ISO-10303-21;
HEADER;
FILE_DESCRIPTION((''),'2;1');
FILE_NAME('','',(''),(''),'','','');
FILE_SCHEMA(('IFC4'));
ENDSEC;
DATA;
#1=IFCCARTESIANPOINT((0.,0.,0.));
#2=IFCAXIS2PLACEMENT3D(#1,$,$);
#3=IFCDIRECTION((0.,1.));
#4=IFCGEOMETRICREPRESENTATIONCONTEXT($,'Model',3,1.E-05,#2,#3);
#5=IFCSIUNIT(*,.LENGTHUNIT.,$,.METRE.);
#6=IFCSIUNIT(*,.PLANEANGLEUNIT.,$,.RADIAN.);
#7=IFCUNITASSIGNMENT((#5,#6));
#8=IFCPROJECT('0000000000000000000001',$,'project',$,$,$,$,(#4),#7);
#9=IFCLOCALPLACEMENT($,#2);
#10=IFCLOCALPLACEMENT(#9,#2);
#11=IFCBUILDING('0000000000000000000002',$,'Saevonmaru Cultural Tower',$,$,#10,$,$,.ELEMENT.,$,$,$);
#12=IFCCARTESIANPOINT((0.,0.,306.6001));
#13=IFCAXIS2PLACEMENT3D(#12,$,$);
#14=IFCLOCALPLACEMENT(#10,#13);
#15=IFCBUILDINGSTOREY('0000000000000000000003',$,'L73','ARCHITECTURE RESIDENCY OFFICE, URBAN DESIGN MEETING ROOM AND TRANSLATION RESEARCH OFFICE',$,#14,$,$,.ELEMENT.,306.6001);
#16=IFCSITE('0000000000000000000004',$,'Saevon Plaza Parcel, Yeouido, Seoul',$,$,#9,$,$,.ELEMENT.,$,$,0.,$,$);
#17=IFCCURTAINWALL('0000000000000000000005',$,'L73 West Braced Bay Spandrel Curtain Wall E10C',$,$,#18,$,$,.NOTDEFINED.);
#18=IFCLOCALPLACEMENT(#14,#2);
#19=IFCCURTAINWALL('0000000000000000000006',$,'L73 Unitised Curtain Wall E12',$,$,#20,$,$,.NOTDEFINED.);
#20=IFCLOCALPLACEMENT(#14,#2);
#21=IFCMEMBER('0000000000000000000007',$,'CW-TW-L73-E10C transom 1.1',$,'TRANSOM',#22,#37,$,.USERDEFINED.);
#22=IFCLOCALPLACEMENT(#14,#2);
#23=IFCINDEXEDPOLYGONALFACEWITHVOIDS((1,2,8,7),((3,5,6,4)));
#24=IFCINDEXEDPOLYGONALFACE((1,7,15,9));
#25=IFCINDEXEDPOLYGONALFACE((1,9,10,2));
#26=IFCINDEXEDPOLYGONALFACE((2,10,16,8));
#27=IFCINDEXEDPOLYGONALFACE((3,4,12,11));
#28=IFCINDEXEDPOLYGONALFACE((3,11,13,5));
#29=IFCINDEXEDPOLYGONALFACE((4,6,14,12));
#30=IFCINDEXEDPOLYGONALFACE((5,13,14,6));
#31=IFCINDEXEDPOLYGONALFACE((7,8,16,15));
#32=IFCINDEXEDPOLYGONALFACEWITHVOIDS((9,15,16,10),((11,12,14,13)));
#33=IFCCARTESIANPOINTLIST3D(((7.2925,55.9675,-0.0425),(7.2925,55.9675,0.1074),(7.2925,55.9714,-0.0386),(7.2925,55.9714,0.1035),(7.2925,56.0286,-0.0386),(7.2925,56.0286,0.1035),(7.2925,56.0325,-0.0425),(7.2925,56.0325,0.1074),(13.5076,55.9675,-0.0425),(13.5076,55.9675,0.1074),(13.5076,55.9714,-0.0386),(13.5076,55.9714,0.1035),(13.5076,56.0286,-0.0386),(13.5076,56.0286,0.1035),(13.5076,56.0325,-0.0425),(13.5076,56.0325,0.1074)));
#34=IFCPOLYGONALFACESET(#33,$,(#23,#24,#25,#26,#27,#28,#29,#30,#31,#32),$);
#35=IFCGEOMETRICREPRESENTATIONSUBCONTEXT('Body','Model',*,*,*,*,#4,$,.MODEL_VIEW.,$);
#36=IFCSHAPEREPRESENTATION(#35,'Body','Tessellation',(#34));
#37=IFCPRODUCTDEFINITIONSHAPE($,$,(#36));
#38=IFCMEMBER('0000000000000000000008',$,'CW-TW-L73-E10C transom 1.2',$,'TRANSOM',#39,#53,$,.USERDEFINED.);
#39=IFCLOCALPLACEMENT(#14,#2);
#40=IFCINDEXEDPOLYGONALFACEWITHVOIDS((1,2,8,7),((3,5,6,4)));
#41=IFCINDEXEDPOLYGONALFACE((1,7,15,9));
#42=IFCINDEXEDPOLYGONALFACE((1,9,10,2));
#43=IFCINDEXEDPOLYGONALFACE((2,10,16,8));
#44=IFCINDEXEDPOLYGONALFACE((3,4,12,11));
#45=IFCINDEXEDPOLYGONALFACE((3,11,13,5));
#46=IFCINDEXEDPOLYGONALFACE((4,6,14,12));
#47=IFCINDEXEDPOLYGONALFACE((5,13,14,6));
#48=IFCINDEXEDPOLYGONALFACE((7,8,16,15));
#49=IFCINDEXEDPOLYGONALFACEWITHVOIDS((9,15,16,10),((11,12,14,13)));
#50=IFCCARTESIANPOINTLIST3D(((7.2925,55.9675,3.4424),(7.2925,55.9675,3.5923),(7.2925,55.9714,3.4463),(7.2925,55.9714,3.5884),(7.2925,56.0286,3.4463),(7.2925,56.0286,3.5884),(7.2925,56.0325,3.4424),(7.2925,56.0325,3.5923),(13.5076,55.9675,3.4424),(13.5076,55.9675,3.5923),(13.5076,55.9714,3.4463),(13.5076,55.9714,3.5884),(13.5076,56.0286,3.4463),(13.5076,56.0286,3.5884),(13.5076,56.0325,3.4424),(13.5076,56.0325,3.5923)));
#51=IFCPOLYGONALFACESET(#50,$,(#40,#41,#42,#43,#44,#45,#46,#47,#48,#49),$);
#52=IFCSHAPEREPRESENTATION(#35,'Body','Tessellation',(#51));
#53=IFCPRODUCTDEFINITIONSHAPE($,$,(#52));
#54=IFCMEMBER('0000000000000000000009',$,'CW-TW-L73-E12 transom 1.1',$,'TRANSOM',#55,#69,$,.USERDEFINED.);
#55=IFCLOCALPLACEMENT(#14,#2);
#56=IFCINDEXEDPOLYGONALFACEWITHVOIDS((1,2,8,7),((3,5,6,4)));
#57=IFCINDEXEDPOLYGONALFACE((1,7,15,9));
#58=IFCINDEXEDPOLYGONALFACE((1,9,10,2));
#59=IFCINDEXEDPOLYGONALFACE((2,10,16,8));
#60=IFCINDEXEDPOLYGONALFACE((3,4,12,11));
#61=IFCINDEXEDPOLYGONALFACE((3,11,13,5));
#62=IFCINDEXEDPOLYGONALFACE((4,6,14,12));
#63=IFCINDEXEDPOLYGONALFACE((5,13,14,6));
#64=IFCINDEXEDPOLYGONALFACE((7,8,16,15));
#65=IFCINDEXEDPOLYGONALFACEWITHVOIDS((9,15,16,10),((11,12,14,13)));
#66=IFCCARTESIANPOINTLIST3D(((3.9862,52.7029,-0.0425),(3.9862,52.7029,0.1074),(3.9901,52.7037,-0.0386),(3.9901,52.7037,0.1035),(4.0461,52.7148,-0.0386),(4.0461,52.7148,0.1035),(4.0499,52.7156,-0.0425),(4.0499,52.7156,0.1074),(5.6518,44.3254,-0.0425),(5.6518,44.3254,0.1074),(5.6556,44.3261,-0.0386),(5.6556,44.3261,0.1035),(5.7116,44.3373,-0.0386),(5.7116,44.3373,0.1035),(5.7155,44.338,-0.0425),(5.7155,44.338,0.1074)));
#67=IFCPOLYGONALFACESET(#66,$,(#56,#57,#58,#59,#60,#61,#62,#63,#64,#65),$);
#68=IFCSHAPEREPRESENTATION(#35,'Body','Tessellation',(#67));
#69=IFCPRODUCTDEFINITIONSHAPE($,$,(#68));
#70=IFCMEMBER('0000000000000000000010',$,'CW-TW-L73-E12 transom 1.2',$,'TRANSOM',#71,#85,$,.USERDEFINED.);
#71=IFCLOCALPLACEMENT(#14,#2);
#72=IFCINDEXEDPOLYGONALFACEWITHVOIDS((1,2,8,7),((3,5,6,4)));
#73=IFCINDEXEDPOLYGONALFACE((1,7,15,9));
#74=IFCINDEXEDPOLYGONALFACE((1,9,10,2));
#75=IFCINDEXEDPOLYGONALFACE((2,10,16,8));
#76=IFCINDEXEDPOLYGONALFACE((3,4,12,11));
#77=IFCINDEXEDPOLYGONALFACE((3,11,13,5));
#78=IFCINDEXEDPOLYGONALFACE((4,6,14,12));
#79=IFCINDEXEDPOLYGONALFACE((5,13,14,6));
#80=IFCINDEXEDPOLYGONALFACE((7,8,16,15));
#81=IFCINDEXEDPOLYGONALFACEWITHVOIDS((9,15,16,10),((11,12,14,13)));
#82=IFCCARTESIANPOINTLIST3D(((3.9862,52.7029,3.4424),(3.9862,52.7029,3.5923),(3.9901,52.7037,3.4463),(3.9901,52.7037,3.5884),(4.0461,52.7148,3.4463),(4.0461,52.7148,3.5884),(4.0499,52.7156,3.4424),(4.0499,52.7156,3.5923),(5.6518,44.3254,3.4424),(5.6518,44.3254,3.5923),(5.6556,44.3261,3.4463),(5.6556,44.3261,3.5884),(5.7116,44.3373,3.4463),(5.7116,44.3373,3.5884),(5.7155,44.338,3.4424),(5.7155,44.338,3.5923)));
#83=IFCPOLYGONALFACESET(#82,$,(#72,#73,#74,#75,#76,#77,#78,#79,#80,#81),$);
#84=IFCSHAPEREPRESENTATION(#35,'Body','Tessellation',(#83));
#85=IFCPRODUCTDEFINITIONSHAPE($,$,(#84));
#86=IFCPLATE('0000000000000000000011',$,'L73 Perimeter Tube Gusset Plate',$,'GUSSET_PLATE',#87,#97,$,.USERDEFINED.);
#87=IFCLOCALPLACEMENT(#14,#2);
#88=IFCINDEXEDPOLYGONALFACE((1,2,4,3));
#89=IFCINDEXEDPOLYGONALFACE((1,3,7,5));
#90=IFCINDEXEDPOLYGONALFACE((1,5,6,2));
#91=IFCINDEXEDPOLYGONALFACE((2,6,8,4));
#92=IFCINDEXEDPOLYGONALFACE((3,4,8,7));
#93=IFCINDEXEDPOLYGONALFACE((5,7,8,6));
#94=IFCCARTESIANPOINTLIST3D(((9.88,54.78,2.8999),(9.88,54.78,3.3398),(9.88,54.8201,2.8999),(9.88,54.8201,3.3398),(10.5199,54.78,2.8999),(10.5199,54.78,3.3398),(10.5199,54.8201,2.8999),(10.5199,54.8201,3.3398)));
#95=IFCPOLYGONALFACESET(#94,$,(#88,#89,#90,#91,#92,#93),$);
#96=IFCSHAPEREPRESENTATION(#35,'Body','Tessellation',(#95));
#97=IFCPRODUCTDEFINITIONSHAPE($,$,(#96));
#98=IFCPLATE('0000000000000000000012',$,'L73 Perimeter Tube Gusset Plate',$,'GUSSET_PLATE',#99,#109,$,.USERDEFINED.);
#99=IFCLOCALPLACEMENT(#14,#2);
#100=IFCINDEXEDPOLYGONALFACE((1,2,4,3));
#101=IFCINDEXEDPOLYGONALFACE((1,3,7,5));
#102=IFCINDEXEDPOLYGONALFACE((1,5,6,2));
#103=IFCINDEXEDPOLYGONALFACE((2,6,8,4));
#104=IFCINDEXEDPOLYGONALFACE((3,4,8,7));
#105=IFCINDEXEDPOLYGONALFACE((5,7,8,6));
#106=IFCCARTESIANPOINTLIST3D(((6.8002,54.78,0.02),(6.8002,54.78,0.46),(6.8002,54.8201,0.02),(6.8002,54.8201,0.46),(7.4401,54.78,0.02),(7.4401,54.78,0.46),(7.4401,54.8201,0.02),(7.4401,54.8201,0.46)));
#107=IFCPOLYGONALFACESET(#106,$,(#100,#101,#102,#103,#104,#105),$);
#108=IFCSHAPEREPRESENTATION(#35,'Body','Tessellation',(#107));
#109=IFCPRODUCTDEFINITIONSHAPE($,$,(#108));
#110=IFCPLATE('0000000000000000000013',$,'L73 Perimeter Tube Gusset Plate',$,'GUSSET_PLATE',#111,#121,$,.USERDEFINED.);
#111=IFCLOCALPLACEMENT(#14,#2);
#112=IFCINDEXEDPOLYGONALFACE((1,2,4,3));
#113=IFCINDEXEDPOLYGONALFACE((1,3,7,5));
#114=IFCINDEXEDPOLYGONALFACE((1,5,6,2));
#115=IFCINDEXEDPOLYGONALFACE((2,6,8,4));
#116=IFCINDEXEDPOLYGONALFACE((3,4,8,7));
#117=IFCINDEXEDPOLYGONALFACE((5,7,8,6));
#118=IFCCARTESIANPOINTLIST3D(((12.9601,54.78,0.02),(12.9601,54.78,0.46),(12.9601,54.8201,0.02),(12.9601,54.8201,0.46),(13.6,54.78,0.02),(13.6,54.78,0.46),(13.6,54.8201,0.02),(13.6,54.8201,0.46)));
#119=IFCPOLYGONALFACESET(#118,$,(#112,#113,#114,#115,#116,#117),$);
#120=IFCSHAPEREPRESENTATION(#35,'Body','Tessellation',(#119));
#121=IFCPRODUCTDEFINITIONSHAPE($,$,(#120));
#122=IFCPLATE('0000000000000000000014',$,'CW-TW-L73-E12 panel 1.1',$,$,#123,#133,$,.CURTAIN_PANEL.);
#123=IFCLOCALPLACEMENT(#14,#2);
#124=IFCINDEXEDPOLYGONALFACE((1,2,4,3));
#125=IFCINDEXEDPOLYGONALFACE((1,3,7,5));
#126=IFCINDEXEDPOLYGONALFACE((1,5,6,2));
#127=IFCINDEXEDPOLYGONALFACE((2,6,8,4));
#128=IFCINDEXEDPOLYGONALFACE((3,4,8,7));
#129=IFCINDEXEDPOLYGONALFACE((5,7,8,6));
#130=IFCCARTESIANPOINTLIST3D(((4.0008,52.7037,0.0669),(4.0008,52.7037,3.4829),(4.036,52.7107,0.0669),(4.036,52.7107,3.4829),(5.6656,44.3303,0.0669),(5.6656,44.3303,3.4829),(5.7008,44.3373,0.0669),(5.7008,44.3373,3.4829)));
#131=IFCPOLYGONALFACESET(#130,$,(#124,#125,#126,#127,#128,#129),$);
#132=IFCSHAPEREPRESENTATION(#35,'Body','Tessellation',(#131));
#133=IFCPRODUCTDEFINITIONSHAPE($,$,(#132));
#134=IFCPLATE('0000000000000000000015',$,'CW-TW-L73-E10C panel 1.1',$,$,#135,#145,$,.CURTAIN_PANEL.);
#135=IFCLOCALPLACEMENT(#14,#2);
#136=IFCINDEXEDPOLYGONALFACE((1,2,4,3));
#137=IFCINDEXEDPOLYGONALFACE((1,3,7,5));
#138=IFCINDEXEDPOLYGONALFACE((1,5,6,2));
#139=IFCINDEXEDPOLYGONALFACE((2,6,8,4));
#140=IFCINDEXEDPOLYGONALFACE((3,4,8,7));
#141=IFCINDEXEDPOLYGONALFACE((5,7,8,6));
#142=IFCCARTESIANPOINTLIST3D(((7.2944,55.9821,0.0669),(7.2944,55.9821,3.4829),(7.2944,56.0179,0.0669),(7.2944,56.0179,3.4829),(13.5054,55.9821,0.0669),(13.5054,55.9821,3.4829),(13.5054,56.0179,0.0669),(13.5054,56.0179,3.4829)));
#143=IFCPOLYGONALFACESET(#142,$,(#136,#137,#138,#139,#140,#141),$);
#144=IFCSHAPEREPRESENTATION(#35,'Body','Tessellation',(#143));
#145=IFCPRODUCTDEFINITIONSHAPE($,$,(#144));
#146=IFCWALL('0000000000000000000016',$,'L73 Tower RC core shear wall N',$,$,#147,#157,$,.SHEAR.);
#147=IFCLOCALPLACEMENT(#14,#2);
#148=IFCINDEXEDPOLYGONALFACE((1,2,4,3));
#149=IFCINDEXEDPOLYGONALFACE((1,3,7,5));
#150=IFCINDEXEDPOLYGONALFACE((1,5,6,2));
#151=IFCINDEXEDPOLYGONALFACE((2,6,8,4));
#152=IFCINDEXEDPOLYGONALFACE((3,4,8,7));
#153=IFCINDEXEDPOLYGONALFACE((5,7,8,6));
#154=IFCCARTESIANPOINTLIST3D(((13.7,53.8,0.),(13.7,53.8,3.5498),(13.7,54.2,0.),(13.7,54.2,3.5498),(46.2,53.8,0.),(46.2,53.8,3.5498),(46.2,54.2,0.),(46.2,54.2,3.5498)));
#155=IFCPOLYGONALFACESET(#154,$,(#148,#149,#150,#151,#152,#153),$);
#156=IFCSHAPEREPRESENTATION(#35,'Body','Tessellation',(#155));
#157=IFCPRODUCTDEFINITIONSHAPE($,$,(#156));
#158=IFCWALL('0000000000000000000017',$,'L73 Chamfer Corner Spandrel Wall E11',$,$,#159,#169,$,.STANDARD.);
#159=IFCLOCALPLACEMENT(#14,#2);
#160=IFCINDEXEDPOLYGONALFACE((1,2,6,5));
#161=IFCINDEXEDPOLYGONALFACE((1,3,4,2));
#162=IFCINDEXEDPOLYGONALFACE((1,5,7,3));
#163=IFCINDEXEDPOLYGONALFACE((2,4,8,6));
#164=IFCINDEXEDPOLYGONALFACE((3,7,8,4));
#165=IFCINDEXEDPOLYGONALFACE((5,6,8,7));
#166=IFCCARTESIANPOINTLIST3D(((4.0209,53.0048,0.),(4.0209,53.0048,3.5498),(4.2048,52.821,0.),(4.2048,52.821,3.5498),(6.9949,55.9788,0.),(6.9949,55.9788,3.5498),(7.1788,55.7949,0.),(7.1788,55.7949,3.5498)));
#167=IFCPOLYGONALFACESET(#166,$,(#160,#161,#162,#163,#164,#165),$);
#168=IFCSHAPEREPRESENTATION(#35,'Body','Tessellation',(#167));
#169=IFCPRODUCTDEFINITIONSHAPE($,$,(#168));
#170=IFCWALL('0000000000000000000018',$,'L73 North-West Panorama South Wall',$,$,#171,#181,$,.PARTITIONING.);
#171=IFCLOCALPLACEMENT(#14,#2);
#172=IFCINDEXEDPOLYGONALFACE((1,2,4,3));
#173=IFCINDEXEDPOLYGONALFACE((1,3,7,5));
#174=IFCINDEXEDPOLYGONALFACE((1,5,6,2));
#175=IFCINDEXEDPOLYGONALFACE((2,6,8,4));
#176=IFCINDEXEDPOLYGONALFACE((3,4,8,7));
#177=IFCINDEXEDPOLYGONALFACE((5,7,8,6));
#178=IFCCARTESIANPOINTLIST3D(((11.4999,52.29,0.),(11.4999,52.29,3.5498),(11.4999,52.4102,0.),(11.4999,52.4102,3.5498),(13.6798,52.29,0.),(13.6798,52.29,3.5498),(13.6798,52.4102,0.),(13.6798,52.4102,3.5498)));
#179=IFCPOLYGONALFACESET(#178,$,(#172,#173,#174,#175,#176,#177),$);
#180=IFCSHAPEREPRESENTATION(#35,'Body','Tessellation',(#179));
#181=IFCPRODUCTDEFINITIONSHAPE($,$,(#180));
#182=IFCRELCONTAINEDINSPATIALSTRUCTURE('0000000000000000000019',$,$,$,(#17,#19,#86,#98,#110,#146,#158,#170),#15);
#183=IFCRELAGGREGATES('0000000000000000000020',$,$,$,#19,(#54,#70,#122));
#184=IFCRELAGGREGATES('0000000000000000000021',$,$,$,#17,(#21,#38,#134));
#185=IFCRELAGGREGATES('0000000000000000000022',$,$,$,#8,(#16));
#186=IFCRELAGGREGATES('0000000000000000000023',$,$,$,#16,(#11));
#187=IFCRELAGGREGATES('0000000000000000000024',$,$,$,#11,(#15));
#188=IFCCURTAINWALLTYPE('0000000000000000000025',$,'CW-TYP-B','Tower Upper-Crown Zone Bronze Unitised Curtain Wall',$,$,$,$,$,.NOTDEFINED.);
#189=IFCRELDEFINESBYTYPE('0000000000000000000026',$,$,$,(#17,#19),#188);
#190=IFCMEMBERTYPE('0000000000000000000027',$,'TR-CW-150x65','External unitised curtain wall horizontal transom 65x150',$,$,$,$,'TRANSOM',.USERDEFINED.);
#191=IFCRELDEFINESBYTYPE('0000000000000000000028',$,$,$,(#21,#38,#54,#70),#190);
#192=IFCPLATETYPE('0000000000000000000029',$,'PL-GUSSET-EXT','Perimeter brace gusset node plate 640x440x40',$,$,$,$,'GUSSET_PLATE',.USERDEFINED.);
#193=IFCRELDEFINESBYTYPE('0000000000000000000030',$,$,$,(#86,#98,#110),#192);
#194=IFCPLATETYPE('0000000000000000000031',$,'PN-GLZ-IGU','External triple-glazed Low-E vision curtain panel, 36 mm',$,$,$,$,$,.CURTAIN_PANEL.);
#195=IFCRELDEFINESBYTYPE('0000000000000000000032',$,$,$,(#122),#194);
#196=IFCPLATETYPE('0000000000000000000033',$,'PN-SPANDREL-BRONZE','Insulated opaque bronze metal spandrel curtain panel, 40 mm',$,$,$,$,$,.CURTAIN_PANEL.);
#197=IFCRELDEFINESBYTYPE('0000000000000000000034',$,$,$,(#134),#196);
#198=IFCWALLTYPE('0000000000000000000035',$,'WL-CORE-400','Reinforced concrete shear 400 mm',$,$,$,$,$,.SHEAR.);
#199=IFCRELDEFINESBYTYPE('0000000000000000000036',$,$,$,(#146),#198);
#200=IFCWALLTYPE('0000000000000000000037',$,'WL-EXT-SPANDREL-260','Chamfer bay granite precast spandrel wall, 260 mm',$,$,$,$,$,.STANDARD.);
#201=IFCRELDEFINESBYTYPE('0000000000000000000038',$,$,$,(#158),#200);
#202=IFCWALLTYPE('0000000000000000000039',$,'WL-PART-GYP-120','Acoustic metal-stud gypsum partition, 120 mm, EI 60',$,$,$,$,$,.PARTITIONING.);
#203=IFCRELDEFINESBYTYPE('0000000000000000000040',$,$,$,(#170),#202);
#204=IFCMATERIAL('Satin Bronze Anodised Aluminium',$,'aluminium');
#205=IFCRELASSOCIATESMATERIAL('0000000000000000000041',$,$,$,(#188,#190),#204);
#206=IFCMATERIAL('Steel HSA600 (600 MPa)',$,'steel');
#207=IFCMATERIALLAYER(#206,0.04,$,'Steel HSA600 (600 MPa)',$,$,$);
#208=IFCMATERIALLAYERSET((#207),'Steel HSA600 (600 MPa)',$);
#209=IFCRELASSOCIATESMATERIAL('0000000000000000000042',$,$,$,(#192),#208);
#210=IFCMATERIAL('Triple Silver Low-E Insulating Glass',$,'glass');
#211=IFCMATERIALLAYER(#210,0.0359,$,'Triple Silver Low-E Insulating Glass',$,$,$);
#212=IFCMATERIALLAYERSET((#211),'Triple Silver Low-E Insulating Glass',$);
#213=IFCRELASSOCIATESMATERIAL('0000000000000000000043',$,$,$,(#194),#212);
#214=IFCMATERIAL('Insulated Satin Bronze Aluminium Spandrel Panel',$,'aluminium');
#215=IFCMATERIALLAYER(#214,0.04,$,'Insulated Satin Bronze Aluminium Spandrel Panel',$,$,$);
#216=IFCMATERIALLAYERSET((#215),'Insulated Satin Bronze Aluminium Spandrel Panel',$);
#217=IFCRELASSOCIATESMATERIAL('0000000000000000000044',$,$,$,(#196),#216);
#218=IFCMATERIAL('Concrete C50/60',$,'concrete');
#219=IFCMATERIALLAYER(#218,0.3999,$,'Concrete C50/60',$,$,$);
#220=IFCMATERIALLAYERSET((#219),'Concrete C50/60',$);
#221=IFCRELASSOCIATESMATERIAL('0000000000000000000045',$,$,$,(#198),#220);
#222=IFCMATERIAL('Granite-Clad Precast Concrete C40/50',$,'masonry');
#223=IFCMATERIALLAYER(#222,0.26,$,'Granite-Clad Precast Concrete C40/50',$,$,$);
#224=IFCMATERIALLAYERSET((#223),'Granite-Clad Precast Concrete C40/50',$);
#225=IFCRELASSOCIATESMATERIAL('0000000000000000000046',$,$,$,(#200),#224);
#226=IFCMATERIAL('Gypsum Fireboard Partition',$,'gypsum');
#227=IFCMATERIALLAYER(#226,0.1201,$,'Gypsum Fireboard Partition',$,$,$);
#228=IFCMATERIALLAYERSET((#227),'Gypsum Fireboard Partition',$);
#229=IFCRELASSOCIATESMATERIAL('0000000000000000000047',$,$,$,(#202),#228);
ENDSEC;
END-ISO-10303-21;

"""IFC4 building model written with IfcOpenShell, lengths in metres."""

from ifc_helpers import new_model, si_unit, direction, frame, frame_2d, origin, origin_2d, place, context, subcontext, project, spatial, rectangle, hollow_rectangle, extrude, material, layer, layer_set, material_profile, profile_set, type_object, element, aggregate, save


model = new_model("IFC4")

# Units and contexts
model_context = context("Model", 3, precision=1e-05, world=origin(), true_north=direction((0.0, 1.0)))
body_context = subcontext(model_context, "Body", "Model", "MODEL_VIEW")
ifc_project = project(units=[si_unit("LENGTHUNIT", "METRE"), si_unit("PLANEANGLEUNIT", "RADIAN")], contexts=[model_context])

# Site, building, storey
site_placement = place(None, origin())
site = spatial("IfcSite", under=ifc_project, at=site_placement, Name="Saevon Plaza Parcel, Yeouido, Seoul", CompositionType="ELEMENT", RefElevation=0.0)
building_placement = place(site_placement, origin())
building = spatial("IfcBuilding", under=site, at=building_placement, Name="Saevonmaru Cultural Tower", CompositionType="ELEMENT")
storey_placement = place(building_placement, frame((0.0, 0.0, 306.6001)))
storey = spatial("IfcBuildingStorey", under=building, at=storey_placement, Name="L73", Description="ARCHITECTURE RESIDENCY OFFICE, URBAN DESIGN MEETING ROOM AND TRANSLATION RESEARCH OFFICE", CompositionType="ELEMENT", Elevation=306.6001)

# Shared definitions
ifc_material_1 = material(Name="Satin Bronze Anodised Aluminium", Category="aluminium")
curtain_wall_type = type_object("IfcCurtainWallType", Name="CW-TYP-B", Description="Tower Upper-Crown Zone Bronze Unitised Curtain Wall", PredefinedType="NOTDEFINED", material=ifc_material_1)

# Curtain wall
curtain_wall_1_placement = place(storey_placement, origin())
curtain_wall_1 = element("IfcCurtainWall", 1, at=curtain_wall_1_placement, inside=storey, type_object=curtain_wall_type, Name="L73 West Braced Bay Spandrel Curtain Wall E10C", PredefinedType="NOTDEFINED")

# Curtain wall
curtain_wall_2_placement = place(storey_placement, origin())
curtain_wall_2 = element("IfcCurtainWall", 2, at=curtain_wall_2_placement, inside=storey, type_object=curtain_wall_type, Name="L73 Unitised Curtain Wall E12", PredefinedType="NOTDEFINED")

# Members
ifc_material_profile_1 = material_profile(ifc_material_1, hollow_rectangle(XDim=0.0649, YDim=0.1499, WallThickness=0.0039, at=origin_2d()), Name="ALU-TRAN-150x65x4")
ifc_profile_set_1 = profile_set([ifc_material_profile_1], Name="Satin Bronze Anodised Aluminium")
member_type_1 = type_object("IfcMemberType", Name="TR-CW-150x65", Description="External unitised curtain wall horizontal transom 65x150", ElementType="TRANSOM", PredefinedType="USERDEFINED", material=ifc_profile_set_1)
member_1_placement = place(storey_placement, frame((13.5076, 56.0, 0.0325), z_axis=(-1.0, 0.0, 0.0), x_axis=(0.0, -1.0, 0.0)))
member_1 = element("IfcMember", 3, at=member_1_placement, type_object=member_type_1, Name="CW-TW-L73-E10C transom 1.1", ObjectType="TRANSOM", PredefinedType="USERDEFINED", context=body_context, shape_type="SweptSolid", body=[
    extrude(hollow_rectangle(XDim=0.0649, YDim=0.1499, WallThickness=0.0039, at=origin_2d()), origin(), (0.0, 0.0, 1.0), 6.2151),
])
member_2_placement = place(storey_placement, frame((13.5076, 56.0, 3.5173), z_axis=(-1.0, 0.0, 0.0), x_axis=(0.0, -1.0, 0.0)))
member_2 = element("IfcMember", 4, at=member_2_placement, type_object=member_type_1, Name="CW-TW-L73-E10C transom 1.2", ObjectType="TRANSOM", PredefinedType="USERDEFINED", context=body_context, shape_type="SweptSolid", body=[
    extrude(hollow_rectangle(XDim=0.0649, YDim=0.1499, WallThickness=0.0039, at=origin_2d()), origin(), (0.0, 0.0, 1.0), 6.2151),
])
member_3_placement = place(storey_placement, frame((4.0181, 52.7092, 0.0325), z_axis=(0.194995, -0.980804, 0.0), x_axis=(0.980804, 0.194995, 0.0)))
member_3 = element("IfcMember", 5, at=member_3_placement, type_object=member_type_1, Name="CW-TW-L73-E12 transom 1.1", ObjectType="TRANSOM", PredefinedType="USERDEFINED", context=body_context, shape_type="SweptSolid", body=[
    extrude(hollow_rectangle(XDim=0.0649, YDim=0.1499, WallThickness=0.0039, at=origin_2d()), origin(), (0.0, 0.0, 1.0), 8.5415),
])
member_4_placement = place(storey_placement, frame((4.0181, 52.7092, 3.5173), z_axis=(0.194995, -0.980804, 0.0), x_axis=(0.980804, 0.194995, 0.0)))
member_4 = element("IfcMember", 6, at=member_4_placement, type_object=member_type_1, Name="CW-TW-L73-E12 transom 1.2", ObjectType="TRANSOM", PredefinedType="USERDEFINED", context=body_context, shape_type="SweptSolid", body=[
    extrude(hollow_rectangle(XDim=0.0649, YDim=0.1499, WallThickness=0.0039, at=origin_2d()), origin(), (0.0, 0.0, 1.0), 8.5415),
])

# Plates
ifc_material_2 = material(Name="Steel HSA600 (600 MPa)", Category="steel")
ifc_layer_1 = layer(ifc_material_2, 0.04, Name="Steel HSA600 (600 MPa)")
ifc_layer_set_1 = layer_set([ifc_layer_1], Name="Steel HSA600 (600 MPa)")
plate_type_1 = type_object("IfcPlateType", Name="PL-GUSSET-EXT", Description="Perimeter brace gusset node plate 640x440x40", ElementType="GUSSET_PLATE", PredefinedType="USERDEFINED", material=ifc_layer_set_1)
for number, where, z_axis, x_axis, name in (
    (7, (10.2, 54.8, 2.8999), (0.0, 0.0, 1.0), (1.0, 0.0, 0.0), "L73 Perimeter Tube Gusset Plate"),
    (8, (7.1201, 54.8, 0.02), (0.0, 0.0, 1.0), (1.0, 0.0, 0.0), "L73 Perimeter Tube Gusset Plate"),
    (9, (13.28, 54.8, 0.02), (0.0, 0.0, 1.0), (1.0, 0.0, 0.0), "L73 Perimeter Tube Gusset Plate"),
):
    element("IfcPlate", number, at=place(storey_placement, frame(where, z_axis=z_axis, x_axis=x_axis)), inside=storey, type_object=plate_type_1, Name=name, ObjectType="GUSSET_PLATE", PredefinedType="USERDEFINED", context=body_context, shape_type="SweptSolid", body=[
        extrude(rectangle(XDim=0.6399, YDim=0.04, at=origin_2d()), origin(), (0.0, 0.0, 1.0), 0.4399),
    ])

# Plates
ifc_material_3 = material(Name="Triple Silver Low-E Insulating Glass", Category="glass")
ifc_layer_2 = layer(ifc_material_3, 0.0359, Name="Triple Silver Low-E Insulating Glass")
ifc_layer_set_2 = layer_set([ifc_layer_2], Name="Triple Silver Low-E Insulating Glass")
plate_type_2 = type_object("IfcPlateType", Name="PN-GLZ-IGU", Description="External triple-glazed Low-E vision curtain panel, 36 mm", PredefinedType="CURTAIN_PANEL", material=ifc_layer_set_2)
plate_1_placement = place(storey_placement, frame((4.8508, 48.5205, 0.0669), z_axis=(0.0, 0.0, 1.0), x_axis=(0.195005, -0.980802, 0.0)))
plate_1 = element("IfcPlate", 10, at=plate_1_placement, type_object=plate_type_2, Name="CW-TW-L73-E12 panel 1.1", PredefinedType="CURTAIN_PANEL", context=body_context, shape_type="SweptSolid", body=[
    extrude(rectangle(XDim=8.5374, YDim=0.0359, at=origin_2d()), origin(), (0.0, 0.0, 1.0), 3.416),
])
aggregate(curtain_wall_2, [member_3, member_4, plate_1])
ifc_material_4 = material(Name="Insulated Satin Bronze Aluminium Spandrel Panel", Category="aluminium")
ifc_layer_3 = layer(ifc_material_4, 0.04, Name="Insulated Satin Bronze Aluminium Spandrel Panel")
ifc_layer_set_3 = layer_set([ifc_layer_3], Name="Insulated Satin Bronze Aluminium Spandrel Panel")
plate_type_3 = type_object("IfcPlateType", Name="PN-SPANDREL-BRONZE", Description="Insulated opaque bronze metal spandrel curtain panel, 40 mm", PredefinedType="CURTAIN_PANEL", material=ifc_layer_set_3)
plate_2_placement = place(storey_placement, frame((10.3999, 56.0, 0.0669), z_axis=(0.0, 0.0, 1.0), x_axis=(-1.0, 0.0, 0.0)))
plate_2 = element("IfcPlate", 11, at=plate_2_placement, type_object=plate_type_3, Name="CW-TW-L73-E10C panel 1.1", PredefinedType="CURTAIN_PANEL", context=body_context, shape_type="SweptSolid", body=[
    extrude(rectangle(XDim=6.2109, YDim=0.0359, at=origin_2d()), origin(), (0.0, 0.0, 1.0), 3.416),
])
aggregate(curtain_wall_1, [member_1, member_2, plate_2])

# Walls
ifc_material_5 = material(Name="Concrete C50/60", Category="concrete")
ifc_layer_4 = layer(ifc_material_5, 0.3999, Name="Concrete C50/60")
ifc_layer_set_4 = layer_set([ifc_layer_4], Name="Concrete C50/60")
wall_type_1 = type_object("IfcWallType", Name="WL-CORE-400", Description="Reinforced concrete shear 400 mm", PredefinedType="SHEAR", material=ifc_layer_set_4)
wall_1_placement = place(storey_placement, frame((13.7, 54.0, 0.0), z_axis=(0.0, 0.0, 1.0), x_axis=(1.0, 0.0, 0.0)))
element("IfcWall", 12, at=wall_1_placement, inside=storey, type_object=wall_type_1, Name="L73 Tower RC core shear wall N", PredefinedType="SHEAR", context=body_context, shape_type="SweptSolid", body=[
    extrude(rectangle(XDim=32.5, YDim=0.3999, at=frame_2d((16.25, 0.0))), origin(), (0.0, 0.0, 1.0), 3.5498),
])
ifc_material_6 = material(Name="Granite-Clad Precast Concrete C40/50", Category="masonry")
ifc_layer_5 = layer(ifc_material_6, 0.26, Name="Granite-Clad Precast Concrete C40/50")
ifc_layer_set_5 = layer_set([ifc_layer_5], Name="Granite-Clad Precast Concrete C40/50")
wall_type_2 = type_object("IfcWallType", Name="WL-EXT-SPANDREL-260", Description="Chamfer bay granite precast spandrel wall, 260 mm", PredefinedType="STANDARD", material=ifc_layer_set_5)
wall_2_placement = place(storey_placement, frame((7.0869, 55.887, 0.0), z_axis=(0.0, 0.0, 1.0), x_axis=(-0.707107, -0.707107, 0.0)))
element("IfcWall", 13, at=wall_2_placement, inside=storey, type_object=wall_type_2, Name="L73 Chamfer Corner Spandrel Wall E11", PredefinedType="STANDARD", context=body_context, shape_type="SweptSolid", body=[
    extrude(rectangle(XDim=4.2058, YDim=0.26, at=frame_2d((2.103, 0.0))), origin(), (0.0, 0.0, 1.0), 3.5498),
])
ifc_material_7 = material(Name="Gypsum Fireboard Partition", Category="gypsum")
ifc_layer_6 = layer(ifc_material_7, 0.1201, Name="Gypsum Fireboard Partition")
ifc_layer_set_6 = layer_set([ifc_layer_6], Name="Gypsum Fireboard Partition")
wall_type_3 = type_object("IfcWallType", Name="WL-PART-GYP-120", Description="Acoustic metal-stud gypsum partition, 120 mm, EI 60", PredefinedType="PARTITIONING", material=ifc_layer_set_6)
wall_3_placement = place(storey_placement, frame((11.5, 52.3501, 0.0), z_axis=(0.0, 0.0, 1.0), x_axis=(1.0, 0.0, 0.0)))
element("IfcWall", 14, at=wall_3_placement, inside=storey, type_object=wall_type_3, Name="L73 North-West Panorama South Wall", PredefinedType="PARTITIONING", context=body_context, shape_type="SweptSolid", body=[
    extrude(rectangle(XDim=2.1799, YDim=0.1201, at=frame_2d((1.0898, 0.0))), origin(), (0.0, 0.0, 1.0), 3.5498),
])

save(model, "model.ifc")
